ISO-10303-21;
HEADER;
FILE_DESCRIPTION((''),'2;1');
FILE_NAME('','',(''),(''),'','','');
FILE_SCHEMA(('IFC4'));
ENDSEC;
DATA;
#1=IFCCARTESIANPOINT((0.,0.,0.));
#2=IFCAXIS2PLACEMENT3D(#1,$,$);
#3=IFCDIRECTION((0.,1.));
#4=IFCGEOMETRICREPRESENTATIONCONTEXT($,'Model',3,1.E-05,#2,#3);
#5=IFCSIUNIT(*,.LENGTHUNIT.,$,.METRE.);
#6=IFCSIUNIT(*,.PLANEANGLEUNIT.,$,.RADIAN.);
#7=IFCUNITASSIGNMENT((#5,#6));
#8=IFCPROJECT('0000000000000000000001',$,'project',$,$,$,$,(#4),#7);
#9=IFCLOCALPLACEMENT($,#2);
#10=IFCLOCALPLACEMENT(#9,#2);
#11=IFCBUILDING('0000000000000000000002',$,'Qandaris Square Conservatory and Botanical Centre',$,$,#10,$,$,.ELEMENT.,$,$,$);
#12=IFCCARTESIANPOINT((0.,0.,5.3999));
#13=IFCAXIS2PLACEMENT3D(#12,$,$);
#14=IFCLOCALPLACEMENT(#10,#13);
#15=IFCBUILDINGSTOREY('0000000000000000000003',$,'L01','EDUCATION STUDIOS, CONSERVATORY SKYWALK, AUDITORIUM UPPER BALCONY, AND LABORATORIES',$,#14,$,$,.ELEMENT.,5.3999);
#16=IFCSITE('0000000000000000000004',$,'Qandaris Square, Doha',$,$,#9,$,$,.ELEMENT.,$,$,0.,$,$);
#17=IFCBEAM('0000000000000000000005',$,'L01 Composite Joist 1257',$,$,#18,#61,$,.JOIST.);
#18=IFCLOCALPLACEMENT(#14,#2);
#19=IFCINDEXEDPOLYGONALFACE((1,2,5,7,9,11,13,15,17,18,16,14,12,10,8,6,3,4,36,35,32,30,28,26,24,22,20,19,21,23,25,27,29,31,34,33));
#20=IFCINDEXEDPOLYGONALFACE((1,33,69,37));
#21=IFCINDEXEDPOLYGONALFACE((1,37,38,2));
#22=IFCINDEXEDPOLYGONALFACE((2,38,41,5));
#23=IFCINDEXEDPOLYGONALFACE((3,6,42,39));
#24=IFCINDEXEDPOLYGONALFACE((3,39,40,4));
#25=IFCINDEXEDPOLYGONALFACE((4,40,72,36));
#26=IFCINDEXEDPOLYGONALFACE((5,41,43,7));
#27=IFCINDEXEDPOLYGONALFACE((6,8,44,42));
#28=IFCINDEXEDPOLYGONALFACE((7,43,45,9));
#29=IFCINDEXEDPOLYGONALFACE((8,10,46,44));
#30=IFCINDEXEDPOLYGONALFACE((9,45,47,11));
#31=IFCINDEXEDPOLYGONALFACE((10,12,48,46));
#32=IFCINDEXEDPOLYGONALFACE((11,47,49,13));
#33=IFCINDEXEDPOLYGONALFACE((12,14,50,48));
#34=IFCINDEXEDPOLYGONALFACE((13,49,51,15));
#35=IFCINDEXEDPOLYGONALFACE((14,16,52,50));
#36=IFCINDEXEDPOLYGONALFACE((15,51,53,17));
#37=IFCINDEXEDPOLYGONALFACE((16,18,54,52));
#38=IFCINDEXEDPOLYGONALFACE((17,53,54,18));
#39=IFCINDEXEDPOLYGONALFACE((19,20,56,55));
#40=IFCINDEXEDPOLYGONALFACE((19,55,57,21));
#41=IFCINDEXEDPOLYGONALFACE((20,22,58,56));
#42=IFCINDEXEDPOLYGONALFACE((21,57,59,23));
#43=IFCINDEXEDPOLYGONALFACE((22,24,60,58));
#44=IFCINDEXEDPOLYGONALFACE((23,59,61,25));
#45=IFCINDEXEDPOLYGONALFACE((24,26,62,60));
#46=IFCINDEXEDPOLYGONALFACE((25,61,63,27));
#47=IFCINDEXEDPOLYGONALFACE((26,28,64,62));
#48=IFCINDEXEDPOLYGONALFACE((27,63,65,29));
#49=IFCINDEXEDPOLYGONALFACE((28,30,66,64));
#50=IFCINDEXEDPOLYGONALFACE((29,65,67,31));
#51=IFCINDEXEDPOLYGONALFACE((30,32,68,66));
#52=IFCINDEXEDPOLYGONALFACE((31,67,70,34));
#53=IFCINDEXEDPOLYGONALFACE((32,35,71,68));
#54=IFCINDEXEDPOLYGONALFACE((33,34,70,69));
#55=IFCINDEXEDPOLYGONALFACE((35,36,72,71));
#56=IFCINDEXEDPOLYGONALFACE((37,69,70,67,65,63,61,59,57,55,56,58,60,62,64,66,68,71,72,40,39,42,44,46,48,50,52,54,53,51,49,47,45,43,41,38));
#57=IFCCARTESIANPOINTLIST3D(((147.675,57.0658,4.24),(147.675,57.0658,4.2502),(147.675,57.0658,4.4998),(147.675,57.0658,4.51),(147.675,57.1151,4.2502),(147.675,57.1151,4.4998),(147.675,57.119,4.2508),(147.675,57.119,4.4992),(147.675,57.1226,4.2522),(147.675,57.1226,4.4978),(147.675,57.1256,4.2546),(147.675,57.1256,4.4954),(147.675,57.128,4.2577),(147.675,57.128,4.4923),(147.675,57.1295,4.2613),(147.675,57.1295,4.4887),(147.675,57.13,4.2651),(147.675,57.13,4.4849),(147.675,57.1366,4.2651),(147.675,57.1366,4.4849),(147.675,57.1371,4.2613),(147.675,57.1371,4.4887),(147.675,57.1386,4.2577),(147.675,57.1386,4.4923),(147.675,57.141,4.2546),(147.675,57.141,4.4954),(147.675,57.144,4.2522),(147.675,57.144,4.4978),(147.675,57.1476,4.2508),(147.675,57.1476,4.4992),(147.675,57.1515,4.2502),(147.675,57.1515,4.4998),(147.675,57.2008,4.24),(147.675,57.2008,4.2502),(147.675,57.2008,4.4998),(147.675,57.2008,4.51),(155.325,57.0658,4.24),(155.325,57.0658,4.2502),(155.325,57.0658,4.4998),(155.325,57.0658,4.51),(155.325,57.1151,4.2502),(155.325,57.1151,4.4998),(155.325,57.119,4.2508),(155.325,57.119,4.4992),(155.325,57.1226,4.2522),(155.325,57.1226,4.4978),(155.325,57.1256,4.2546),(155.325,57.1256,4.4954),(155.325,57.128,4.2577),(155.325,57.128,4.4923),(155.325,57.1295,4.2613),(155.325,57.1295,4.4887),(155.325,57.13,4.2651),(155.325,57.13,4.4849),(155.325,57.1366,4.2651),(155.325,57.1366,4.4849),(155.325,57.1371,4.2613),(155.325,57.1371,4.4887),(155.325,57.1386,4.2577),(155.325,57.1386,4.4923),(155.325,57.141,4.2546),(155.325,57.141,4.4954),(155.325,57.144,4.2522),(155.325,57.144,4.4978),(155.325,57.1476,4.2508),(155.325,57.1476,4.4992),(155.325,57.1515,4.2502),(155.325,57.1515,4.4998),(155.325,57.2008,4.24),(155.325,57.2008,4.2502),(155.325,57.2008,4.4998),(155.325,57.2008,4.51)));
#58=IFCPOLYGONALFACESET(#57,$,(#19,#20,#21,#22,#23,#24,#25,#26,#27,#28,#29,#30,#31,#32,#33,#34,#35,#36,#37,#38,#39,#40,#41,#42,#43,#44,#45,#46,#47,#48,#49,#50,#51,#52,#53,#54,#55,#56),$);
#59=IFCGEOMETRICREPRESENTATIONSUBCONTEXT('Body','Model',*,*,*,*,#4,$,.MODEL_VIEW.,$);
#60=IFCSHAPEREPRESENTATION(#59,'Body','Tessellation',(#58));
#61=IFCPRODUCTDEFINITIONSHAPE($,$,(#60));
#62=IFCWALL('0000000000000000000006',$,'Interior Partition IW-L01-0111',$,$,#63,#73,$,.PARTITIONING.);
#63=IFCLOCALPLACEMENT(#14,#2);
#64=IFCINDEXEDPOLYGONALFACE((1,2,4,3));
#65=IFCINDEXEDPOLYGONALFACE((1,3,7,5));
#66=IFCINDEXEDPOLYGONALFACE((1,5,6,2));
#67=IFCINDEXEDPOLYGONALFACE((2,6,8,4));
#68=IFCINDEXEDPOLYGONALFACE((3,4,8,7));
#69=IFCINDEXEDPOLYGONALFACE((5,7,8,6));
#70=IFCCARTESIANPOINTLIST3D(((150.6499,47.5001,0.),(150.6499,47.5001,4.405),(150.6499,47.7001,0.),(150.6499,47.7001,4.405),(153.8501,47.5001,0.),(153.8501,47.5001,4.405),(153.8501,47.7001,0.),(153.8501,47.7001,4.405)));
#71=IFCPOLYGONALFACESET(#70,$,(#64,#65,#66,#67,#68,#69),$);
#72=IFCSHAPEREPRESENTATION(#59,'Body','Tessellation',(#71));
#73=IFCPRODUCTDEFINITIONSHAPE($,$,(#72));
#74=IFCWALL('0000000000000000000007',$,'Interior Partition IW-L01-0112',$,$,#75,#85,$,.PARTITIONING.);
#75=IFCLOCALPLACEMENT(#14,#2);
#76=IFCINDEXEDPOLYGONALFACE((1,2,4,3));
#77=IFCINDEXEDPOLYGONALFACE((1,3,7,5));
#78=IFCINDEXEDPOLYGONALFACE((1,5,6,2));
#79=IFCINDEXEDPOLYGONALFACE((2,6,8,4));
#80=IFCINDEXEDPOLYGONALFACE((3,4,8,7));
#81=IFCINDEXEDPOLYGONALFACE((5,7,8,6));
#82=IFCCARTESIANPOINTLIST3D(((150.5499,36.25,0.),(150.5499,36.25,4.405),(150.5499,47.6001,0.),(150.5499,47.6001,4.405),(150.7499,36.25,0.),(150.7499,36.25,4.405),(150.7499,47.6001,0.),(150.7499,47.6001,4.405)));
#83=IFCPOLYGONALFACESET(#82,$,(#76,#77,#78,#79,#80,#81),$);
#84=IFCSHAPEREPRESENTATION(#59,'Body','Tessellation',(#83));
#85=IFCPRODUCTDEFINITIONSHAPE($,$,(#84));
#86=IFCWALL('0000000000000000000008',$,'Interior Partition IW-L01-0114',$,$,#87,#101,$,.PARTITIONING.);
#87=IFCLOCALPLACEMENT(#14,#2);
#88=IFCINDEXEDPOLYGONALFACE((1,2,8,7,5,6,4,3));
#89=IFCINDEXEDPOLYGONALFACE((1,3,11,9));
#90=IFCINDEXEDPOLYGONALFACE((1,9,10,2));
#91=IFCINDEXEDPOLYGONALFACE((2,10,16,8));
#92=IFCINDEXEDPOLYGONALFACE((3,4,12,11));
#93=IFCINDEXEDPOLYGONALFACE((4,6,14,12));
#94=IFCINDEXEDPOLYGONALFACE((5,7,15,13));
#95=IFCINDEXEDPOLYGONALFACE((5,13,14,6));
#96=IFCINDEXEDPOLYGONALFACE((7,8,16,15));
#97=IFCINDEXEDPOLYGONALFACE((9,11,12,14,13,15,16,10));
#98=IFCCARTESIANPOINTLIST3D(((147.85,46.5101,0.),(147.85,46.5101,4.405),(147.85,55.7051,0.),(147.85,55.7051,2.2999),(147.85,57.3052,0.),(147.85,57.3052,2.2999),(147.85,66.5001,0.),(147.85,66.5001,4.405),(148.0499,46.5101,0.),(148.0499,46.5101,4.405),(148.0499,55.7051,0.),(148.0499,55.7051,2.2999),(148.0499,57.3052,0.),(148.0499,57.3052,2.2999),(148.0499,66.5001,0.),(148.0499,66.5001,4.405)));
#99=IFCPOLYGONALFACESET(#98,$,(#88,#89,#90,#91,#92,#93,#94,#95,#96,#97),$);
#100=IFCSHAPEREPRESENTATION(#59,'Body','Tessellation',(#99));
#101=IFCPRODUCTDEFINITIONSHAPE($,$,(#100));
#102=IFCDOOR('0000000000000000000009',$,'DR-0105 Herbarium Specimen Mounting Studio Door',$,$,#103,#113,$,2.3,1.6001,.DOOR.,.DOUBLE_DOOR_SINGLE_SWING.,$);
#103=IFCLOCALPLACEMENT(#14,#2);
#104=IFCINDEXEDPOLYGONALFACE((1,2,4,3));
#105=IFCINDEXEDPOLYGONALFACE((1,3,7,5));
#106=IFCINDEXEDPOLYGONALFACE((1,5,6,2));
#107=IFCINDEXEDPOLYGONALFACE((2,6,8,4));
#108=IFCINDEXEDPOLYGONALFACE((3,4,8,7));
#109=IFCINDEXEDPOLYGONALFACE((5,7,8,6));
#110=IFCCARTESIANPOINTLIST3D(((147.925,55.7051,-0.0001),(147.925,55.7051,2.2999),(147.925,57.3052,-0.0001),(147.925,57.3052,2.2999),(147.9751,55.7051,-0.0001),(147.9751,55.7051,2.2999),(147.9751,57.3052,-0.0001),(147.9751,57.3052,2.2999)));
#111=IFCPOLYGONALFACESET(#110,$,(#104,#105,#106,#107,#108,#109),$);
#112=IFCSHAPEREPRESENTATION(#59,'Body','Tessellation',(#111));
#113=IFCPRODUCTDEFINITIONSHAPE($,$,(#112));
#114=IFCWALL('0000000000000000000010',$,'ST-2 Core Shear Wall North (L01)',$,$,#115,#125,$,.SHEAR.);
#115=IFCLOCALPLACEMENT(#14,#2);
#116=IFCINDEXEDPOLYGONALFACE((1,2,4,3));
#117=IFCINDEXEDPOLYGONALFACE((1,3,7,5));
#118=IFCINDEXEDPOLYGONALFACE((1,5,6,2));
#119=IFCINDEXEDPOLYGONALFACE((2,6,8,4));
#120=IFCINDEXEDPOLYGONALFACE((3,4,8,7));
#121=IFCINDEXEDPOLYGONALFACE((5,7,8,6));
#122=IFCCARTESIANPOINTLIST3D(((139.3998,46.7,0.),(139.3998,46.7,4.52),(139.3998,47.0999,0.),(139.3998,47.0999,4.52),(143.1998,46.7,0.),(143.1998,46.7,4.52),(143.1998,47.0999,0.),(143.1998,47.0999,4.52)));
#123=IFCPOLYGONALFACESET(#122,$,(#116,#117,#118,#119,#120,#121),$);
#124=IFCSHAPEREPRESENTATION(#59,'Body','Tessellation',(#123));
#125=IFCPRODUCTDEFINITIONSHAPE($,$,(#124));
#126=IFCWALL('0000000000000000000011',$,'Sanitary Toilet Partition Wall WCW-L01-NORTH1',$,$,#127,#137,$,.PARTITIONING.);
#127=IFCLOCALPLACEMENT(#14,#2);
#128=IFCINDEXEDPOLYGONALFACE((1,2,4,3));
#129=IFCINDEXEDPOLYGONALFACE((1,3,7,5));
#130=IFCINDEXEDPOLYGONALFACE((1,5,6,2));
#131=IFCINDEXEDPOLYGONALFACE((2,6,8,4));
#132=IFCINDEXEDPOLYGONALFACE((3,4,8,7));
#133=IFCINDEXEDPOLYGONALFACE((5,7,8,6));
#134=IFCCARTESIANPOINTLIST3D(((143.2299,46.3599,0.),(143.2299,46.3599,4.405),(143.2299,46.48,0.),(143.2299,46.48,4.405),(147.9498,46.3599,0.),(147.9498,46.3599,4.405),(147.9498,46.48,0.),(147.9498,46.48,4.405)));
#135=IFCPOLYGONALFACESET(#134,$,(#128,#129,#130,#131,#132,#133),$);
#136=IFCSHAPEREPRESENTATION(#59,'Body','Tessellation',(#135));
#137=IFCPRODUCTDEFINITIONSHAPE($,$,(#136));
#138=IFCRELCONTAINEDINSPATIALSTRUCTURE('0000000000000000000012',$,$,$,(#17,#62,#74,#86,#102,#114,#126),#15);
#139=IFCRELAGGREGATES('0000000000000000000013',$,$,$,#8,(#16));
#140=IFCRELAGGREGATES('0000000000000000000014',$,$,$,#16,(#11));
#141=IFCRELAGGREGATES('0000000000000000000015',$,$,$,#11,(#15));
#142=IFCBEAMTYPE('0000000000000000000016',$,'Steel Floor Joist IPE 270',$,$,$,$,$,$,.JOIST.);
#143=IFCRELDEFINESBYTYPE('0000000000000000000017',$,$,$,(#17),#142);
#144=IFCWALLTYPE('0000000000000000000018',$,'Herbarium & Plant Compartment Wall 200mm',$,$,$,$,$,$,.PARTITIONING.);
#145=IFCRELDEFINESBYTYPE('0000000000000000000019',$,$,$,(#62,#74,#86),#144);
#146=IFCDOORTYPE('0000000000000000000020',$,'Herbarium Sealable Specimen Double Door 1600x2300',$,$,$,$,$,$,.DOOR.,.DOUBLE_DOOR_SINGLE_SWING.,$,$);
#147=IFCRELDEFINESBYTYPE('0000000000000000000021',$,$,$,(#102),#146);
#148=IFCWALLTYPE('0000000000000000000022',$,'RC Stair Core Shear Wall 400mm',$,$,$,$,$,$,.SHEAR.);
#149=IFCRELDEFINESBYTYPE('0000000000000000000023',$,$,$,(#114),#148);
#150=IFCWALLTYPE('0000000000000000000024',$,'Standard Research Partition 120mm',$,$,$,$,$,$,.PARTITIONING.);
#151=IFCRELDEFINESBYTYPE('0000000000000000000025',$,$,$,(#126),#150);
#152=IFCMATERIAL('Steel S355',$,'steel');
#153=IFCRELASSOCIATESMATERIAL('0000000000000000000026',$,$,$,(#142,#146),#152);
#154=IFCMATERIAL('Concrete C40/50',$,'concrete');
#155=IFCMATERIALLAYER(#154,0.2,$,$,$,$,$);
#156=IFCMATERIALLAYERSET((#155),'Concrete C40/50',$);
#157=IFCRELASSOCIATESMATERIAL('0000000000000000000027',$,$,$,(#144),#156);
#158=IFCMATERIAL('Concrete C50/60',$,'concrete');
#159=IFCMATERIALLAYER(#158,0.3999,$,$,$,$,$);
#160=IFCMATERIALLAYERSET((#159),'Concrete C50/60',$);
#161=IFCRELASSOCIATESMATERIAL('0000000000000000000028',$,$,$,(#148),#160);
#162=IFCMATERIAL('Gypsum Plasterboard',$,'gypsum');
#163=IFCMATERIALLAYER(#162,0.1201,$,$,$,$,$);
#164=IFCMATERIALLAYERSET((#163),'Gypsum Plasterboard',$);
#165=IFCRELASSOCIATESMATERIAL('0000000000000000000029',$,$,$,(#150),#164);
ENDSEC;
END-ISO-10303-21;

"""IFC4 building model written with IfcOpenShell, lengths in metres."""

from ifc_helpers import new_model, si_unit, direction, frame, frame_2d, origin, origin_2d, place, context, subcontext, project, spatial, rectangle, i_section, extrude, material, layer, layer_set, material_profile, profile_set, type_object, element, fill, save


model = new_model("IFC4")

# Units and contexts
model_context = context("Model", 3, precision=1e-05, world=origin(), true_north=direction((0.0, 1.0)))
body_context = subcontext(model_context, "Body", "Model", "MODEL_VIEW")
ifc_project = project(units=[si_unit("LENGTHUNIT", "METRE"), si_unit("PLANEANGLEUNIT", "RADIAN")], contexts=[model_context])

# Site, building, storey
site_placement = place(None, origin())
site = spatial("IfcSite", under=ifc_project, at=site_placement, Name="Qandaris Square, Doha", CompositionType="ELEMENT", RefElevation=0.0)
building_placement = place(site_placement, origin())
building = spatial("IfcBuilding", under=site, at=building_placement, Name="Qandaris Square Conservatory and Botanical Centre", CompositionType="ELEMENT")
storey_placement = place(building_placement, frame((0.0, 0.0, 5.3999)))
storey = spatial("IfcBuildingStorey", under=building, at=storey_placement, Name="L01", Description="EDUCATION STUDIOS, CONSERVATORY SKYWALK, AUDITORIUM UPPER BALCONY, AND LABORATORIES", CompositionType="ELEMENT", Elevation=5.3999)

# Shared definitions
ifc_material_1 = material(Name="Concrete C50/60", Category="concrete")

# Beam
ifc_material_2 = material(Name="Steel S355", Category="steel")
ifc_material_profile_1 = material_profile(ifc_material_2, i_section(OverallWidth=0.135, OverallDepth=0.27, WebThickness=0.0066, FlangeThickness=0.0103, FilletRadius=0.0149, at=origin_2d()), Name="IPE 270")
ifc_profile_set_1 = profile_set([ifc_material_profile_1], Name="Steel S355")
beam_type_1 = type_object("IfcBeamType", Name="Steel Floor Joist IPE 270", PredefinedType="JOIST", material=ifc_profile_set_1)
for number, where, z_axis, x_axis, name in (
    (1, (147.675, 57.1333, 4.375), (1.0, 0.0, 0.0), (0.0, 1.0, 0.0), "L01 Composite Joist 1257"),
):
    element("IfcBeam", number, at=place(storey_placement, frame(where, z_axis=z_axis, x_axis=x_axis)), inside=storey, type_object=beam_type_1, Name=name, PredefinedType="JOIST", context=body_context, shape_type="SweptSolid", body=[
        extrude(i_section(OverallWidth=0.135, OverallDepth=0.27, WebThickness=0.0066, FlangeThickness=0.0103, FilletRadius=0.0149, at=origin_2d()), origin(), (0.0, 0.0, 1.0), 7.6499),
    ])

# Walls
ifc_material_3 = material(Name="Concrete C40/50", Category="concrete")
ifc_layer_1 = layer(ifc_material_3, 0.2)
ifc_layer_set_1 = layer_set([ifc_layer_1], Name="Concrete C40/50")
wall_type_1 = type_object("IfcWallType", Name="Herbarium & Plant Compartment Wall 200mm", PredefinedType="PARTITIONING", material=ifc_layer_set_1)
wall_1_placement = place(storey_placement, frame((153.8501, 47.6001, 0.0), z_axis=(0.0, 0.0, 1.0), x_axis=(-1.0, 0.0, 0.0)))
element("IfcWall", 2, at=wall_1_placement, inside=storey, type_object=wall_type_1, Name="Interior Partition IW-L01-0111", PredefinedType="PARTITIONING", context=body_context, shape_type="SweptSolid", body=[
    extrude(rectangle(XDim=3.2002, YDim=0.2, at=frame_2d((1.6001, 0.0))), origin(), (0.0, 0.0, 1.0), 4.405),
])
wall_2_placement = place(storey_placement, frame((150.6499, 47.6001, 0.0), z_axis=(0.0, 0.0, 1.0), x_axis=(0.0, -1.0, 0.0)))
element("IfcWall", 3, at=wall_2_placement, inside=storey, type_object=wall_type_1, Name="Interior Partition IW-L01-0112", PredefinedType="PARTITIONING", context=body_context, shape_type="SweptSolid", body=[
    extrude(rectangle(XDim=11.3501, YDim=0.2, at=frame_2d((5.675, 0.0))), origin(), (0.0, 0.0, 1.0), 4.405),
])

# Wall, opening, door
wall_3_placement = place(storey_placement, frame((147.95, 46.51, 0.0), z_axis=(0.0, 0.0, 1.0), x_axis=(0.0, 1.0, 0.0)))
wall_3 = element("IfcWall", 4, at=wall_3_placement, inside=storey, type_object=wall_type_1, Name="Interior Partition IW-L01-0114", PredefinedType="PARTITIONING", context=body_context, shape_type="SweptSolid", body=[
    extrude(rectangle(XDim=19.99, YDim=0.2, at=frame_2d((9.9951, 0.0))), origin(), (0.0, 0.0, 1.0), 4.405),
])
opening_1_placement = place(wall_3_placement, frame((9.1951, 0.0, 0.0)))
opening_1 = element("IfcOpeningElement", 5, at=opening_1_placement, cuts=wall_3, PredefinedType="OPENING", context=body_context, shape_type="SweptSolid", body=[
    extrude(rectangle(XDim=1.6001, YDim=2.3, at=frame_2d((0.8, 1.1499))), frame((0.0, 0.1118, 0.0), z_axis=(0.0, -1.0, 0.0), x_axis=(1.0, 0.0, 0.0)), (0.0, 0.0, 1.0), 0.2239),
])
door_type_1 = type_object("IfcDoorType", Name="Herbarium Sealable Specimen Double Door 1600x2300", OperationType="DOUBLE_DOOR_SINGLE_SWING", PredefinedType="DOOR", material=ifc_material_2)
door_1_placement = place(opening_1_placement, origin())
door_1 = element("IfcDoor", 6, at=door_1_placement, inside=storey, type_object=door_type_1, Name="DR-0105 Herbarium Specimen Mounting Studio Door", OperationType="DOUBLE_DOOR_SINGLE_SWING", OverallHeight=2.3, OverallWidth=1.6001, PredefinedType="DOOR", context=body_context, shape_type="SweptSolid", body=[
    extrude(rectangle(XDim=1.6001, YDim=2.3, at=frame_2d((0.8, 1.1499))), frame((0.0, 0.0249, 0.0), z_axis=(0.0, -1.0, 0.0), x_axis=(1.0, 0.0, 0.0)), (0.0, 0.0, 1.0), 0.05),
])
fill(opening_1, door_1)

# Walls
ifc_layer_2 = layer(ifc_material_1, 0.3999)
ifc_layer_set_2 = layer_set([ifc_layer_2], Name="Concrete C50/60")
wall_type_2 = type_object("IfcWallType", Name="RC Stair Core Shear Wall 400mm", PredefinedType="SHEAR", material=ifc_layer_set_2)
wall_4_placement = place(storey_placement, frame((139.3999, 46.8999, 0.0), z_axis=(0.0, 0.0, 1.0), x_axis=(1.0, 0.0, 0.0)))
element("IfcWall", 7, at=wall_4_placement, inside=storey, type_object=wall_type_2, Name="ST-2 Core Shear Wall North (L01)", PredefinedType="SHEAR", context=body_context, shape_type="SweptSolid", body=[
    extrude(rectangle(XDim=3.8, YDim=0.3999, at=frame_2d((1.8999, 0.0))), origin(), (0.0, 0.0, 1.0), 4.52),
])
ifc_material_4 = material(Name="Gypsum Plasterboard", Category="gypsum")
ifc_layer_3 = layer(ifc_material_4, 0.1201)
ifc_layer_set_3 = layer_set([ifc_layer_3], Name="Gypsum Plasterboard")
wall_type_3 = type_object("IfcWallType", Name="Standard Research Partition 120mm", PredefinedType="PARTITIONING", material=ifc_layer_set_3)
wall_5_placement = place(storey_placement, frame((143.23, 46.4199, 0.0), z_axis=(0.0, 0.0, 1.0), x_axis=(1.0, 0.0, 0.0)))
element("IfcWall", 8, at=wall_5_placement, inside=storey, type_object=wall_type_3, Name="Sanitary Toilet Partition Wall WCW-L01-NORTH1", PredefinedType="PARTITIONING", context=body_context, shape_type="SweptSolid", body=[
    extrude(rectangle(XDim=4.72, YDim=0.1201, at=frame_2d((2.3599, 0.0))), origin(), (0.0, 0.0, 1.0), 4.405),
])

save(model, "model.ifc")
